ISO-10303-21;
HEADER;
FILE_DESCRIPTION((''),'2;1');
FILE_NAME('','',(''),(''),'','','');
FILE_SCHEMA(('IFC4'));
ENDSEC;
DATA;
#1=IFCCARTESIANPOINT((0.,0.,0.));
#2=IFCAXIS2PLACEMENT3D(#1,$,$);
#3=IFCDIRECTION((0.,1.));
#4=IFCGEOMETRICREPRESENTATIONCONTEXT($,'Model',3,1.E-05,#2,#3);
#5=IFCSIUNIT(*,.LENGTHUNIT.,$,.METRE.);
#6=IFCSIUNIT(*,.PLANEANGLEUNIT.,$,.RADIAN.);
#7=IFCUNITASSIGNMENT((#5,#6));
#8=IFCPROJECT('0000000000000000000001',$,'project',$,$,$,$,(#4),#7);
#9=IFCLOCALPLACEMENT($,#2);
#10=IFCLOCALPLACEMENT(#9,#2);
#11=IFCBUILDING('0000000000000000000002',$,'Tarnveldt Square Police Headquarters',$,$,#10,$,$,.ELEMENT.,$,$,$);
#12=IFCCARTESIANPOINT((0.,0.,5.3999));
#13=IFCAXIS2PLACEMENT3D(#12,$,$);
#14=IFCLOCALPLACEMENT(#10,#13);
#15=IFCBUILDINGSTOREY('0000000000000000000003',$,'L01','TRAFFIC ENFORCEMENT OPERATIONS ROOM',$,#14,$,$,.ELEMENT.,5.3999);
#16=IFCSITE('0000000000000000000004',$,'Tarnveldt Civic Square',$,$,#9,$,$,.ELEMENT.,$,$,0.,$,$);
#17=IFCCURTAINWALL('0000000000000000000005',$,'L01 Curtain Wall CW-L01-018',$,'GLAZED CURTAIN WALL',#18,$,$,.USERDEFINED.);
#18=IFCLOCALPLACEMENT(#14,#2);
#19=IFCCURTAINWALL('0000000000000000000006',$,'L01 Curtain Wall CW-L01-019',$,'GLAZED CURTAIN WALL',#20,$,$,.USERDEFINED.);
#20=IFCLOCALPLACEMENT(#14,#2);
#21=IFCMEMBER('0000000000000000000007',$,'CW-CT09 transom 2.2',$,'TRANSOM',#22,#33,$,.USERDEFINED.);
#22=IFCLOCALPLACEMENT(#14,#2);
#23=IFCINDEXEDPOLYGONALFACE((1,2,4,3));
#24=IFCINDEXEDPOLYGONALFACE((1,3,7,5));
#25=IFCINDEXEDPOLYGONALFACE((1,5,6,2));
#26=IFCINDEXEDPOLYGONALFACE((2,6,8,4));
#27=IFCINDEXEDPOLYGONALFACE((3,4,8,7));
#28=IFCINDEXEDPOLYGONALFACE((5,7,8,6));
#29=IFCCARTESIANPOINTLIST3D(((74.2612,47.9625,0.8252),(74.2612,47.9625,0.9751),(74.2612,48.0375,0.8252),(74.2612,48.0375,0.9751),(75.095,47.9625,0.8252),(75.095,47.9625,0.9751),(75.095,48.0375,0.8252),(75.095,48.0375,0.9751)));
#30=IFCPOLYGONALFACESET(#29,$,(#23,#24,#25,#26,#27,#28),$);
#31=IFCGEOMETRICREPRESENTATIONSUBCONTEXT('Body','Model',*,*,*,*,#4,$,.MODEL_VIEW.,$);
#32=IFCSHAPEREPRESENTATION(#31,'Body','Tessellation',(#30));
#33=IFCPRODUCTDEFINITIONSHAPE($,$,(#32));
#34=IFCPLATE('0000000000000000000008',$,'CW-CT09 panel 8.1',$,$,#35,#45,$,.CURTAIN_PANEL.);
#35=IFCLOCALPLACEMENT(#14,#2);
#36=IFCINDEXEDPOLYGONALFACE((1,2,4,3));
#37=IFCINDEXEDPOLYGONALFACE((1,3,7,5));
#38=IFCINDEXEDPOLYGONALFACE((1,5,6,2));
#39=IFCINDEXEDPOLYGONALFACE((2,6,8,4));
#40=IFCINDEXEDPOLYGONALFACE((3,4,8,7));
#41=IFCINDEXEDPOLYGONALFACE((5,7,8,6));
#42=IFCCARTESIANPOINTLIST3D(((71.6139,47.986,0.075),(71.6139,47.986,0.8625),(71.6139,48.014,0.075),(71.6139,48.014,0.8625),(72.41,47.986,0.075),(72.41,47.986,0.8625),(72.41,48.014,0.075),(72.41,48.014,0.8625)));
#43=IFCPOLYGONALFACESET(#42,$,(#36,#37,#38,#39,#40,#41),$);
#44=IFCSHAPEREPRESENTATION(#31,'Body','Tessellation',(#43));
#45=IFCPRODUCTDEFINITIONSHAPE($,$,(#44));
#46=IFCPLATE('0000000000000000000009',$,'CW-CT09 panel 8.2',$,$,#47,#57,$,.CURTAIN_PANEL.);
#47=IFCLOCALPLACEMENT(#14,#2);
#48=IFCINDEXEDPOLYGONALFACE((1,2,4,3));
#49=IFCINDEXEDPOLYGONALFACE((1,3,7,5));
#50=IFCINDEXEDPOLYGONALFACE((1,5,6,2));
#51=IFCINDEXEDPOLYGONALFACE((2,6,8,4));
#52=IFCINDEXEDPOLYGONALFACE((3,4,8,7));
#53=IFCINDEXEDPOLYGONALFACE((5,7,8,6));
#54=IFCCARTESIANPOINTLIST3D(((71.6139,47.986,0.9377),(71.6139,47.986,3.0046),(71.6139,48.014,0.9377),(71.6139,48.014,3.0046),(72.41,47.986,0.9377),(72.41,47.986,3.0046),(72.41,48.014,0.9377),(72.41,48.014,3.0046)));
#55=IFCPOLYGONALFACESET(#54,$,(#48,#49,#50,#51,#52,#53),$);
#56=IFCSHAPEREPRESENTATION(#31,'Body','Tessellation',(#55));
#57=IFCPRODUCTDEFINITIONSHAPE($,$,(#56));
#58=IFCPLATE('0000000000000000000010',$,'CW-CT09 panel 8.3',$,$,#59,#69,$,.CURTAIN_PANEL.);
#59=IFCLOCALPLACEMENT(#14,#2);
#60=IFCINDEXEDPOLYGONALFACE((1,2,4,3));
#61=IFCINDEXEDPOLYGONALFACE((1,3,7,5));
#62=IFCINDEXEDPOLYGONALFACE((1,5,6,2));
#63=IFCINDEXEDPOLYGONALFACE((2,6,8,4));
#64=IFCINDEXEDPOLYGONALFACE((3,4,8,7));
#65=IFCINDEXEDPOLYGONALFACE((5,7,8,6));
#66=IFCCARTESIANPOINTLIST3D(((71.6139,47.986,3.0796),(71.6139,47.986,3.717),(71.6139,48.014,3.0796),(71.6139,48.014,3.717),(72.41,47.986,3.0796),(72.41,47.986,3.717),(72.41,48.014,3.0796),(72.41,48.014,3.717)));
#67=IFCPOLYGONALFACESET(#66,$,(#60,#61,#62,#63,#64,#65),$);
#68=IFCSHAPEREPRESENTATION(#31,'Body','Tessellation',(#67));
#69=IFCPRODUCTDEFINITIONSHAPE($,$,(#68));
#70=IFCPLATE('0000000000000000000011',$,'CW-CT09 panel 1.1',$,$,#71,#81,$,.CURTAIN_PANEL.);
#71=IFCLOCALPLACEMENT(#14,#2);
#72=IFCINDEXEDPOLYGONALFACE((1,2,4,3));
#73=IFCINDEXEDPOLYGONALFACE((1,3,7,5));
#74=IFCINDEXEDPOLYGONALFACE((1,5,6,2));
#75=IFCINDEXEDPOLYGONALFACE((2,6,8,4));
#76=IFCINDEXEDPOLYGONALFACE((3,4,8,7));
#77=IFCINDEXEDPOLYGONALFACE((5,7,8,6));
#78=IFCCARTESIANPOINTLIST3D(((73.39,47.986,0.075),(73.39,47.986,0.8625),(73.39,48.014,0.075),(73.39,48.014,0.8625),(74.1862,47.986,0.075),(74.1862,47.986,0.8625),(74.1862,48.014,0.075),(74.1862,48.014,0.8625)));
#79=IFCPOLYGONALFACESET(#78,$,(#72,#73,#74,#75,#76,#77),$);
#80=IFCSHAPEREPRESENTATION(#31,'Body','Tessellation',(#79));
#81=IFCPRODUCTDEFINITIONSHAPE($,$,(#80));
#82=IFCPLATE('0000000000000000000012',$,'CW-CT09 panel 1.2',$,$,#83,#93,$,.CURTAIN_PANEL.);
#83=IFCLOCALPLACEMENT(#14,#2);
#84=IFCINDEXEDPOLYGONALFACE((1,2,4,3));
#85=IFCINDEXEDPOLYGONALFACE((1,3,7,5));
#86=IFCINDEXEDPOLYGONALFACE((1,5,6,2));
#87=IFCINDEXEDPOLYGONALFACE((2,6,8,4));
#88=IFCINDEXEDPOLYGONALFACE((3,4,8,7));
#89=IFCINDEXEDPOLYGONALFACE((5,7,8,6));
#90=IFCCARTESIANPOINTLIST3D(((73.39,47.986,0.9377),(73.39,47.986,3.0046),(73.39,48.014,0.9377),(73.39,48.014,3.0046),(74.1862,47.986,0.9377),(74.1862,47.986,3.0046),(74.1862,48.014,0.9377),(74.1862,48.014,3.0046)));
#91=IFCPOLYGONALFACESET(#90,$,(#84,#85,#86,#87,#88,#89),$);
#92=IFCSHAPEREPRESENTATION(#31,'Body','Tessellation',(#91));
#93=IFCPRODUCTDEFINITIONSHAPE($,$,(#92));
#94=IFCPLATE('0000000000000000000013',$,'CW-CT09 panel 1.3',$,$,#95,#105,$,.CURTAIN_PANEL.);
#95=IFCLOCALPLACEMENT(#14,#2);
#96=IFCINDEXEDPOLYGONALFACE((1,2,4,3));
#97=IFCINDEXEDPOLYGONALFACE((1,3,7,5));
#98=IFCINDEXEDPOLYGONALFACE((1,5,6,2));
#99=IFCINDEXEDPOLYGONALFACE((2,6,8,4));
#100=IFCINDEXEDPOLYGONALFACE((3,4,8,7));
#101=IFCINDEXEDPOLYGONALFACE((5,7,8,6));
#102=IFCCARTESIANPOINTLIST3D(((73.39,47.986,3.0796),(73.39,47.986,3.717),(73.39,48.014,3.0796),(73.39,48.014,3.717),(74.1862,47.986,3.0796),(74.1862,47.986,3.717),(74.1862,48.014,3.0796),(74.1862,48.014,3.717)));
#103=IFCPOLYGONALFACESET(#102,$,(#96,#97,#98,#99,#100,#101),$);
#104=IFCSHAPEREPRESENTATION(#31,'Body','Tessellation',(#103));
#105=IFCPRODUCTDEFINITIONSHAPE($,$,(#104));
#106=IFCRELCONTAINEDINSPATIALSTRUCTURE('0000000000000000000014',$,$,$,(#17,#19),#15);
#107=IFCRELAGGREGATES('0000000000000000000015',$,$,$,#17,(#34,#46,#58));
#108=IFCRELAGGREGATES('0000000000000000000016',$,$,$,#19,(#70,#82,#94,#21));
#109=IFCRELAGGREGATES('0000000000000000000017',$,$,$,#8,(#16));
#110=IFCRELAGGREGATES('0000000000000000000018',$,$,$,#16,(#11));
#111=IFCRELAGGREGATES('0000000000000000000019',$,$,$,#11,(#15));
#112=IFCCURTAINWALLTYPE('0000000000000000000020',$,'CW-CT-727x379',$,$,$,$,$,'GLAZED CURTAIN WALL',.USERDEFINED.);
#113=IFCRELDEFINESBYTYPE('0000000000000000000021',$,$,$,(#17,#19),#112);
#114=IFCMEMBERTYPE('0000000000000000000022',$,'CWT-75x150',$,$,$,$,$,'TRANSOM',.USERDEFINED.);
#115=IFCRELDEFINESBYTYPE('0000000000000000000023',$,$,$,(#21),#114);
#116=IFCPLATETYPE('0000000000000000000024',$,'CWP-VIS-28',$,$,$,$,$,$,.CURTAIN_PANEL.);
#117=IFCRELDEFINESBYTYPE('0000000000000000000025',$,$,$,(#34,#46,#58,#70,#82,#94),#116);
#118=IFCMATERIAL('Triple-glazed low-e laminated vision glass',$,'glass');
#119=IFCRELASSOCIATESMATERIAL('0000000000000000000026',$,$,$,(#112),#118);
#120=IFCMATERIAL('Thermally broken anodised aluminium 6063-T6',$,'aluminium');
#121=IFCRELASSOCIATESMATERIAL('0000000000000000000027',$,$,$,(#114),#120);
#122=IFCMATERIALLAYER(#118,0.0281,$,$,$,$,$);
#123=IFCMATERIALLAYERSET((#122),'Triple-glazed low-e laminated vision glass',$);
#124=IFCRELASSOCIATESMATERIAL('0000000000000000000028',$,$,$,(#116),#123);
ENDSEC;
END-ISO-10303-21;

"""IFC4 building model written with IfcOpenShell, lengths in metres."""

from ifc_helpers import new_model, si_unit, direction, frame, origin, origin_2d, place, context, subcontext, project, spatial, rectangle, extrude, material, layer, layer_set, material_profile, profile_set, type_object, element, aggregate, save


model = new_model("IFC4")

# Units and contexts
model_context = context("Model", 3, precision=1e-05, world=origin(), true_north=direction((0.0, 1.0)))
body_context = subcontext(model_context, "Body", "Model", "MODEL_VIEW")
ifc_project = project(units=[si_unit("LENGTHUNIT", "METRE"), si_unit("PLANEANGLEUNIT", "RADIAN")], contexts=[model_context])

# Site, building, storey
site_placement = place(None, origin())
site = spatial("IfcSite", under=ifc_project, at=site_placement, Name="Tarnveldt Civic Square", CompositionType="ELEMENT", RefElevation=0.0)
building_placement = place(site_placement, origin())
building = spatial("IfcBuilding", under=site, at=building_placement, Name="Tarnveldt Square Police Headquarters", CompositionType="ELEMENT")
storey_placement = place(building_placement, frame((0.0, 0.0, 5.3999)))
storey = spatial("IfcBuildingStorey", under=building, at=storey_placement, Name="L01", Description="TRAFFIC ENFORCEMENT OPERATIONS ROOM", CompositionType="ELEMENT", Elevation=5.3999)

# Curtain wall
ifc_material_1 = material(Name="Triple-glazed low-e laminated vision glass", Category="glass")
curtain_wall_type = type_object("IfcCurtainWallType", Name="CW-CT-727x379", ElementType="GLAZED CURTAIN WALL", PredefinedType="USERDEFINED", material=ifc_material_1)
curtain_wall_1_placement = place(storey_placement, origin())
curtain_wall_1 = element("IfcCurtainWall", 1, at=curtain_wall_1_placement, inside=storey, type_object=curtain_wall_type, Name="L01 Curtain Wall CW-L01-018", ObjectType="GLAZED CURTAIN WALL", PredefinedType="USERDEFINED")
ifc_material_2 = material(Name="Thermally broken anodised aluminium 6063-T6", Category="aluminium")

# Curtain wall
curtain_wall_2_placement = place(storey_placement, origin())
curtain_wall_2 = element("IfcCurtainWall", 2, at=curtain_wall_2_placement, inside=storey, type_object=curtain_wall_type, Name="L01 Curtain Wall CW-L01-019", ObjectType="GLAZED CURTAIN WALL", PredefinedType="USERDEFINED")

# Member
ifc_material_profile_1 = material_profile(ifc_material_2, rectangle(XDim=0.075, YDim=0.1499, at=origin_2d()), Name="CW-T75x150")
ifc_profile_set_1 = profile_set([ifc_material_profile_1], Name="Thermally broken anodised aluminium 6063-T6")
member_type_1 = type_object("IfcMemberType", Name="CWT-75x150", ElementType="TRANSOM", PredefinedType="USERDEFINED", material=ifc_profile_set_1)
member_1_placement = place(storey_placement, frame((74.2612, 48.0, 0.9001), z_axis=(1.0, 0.0, 0.0), x_axis=(0.0, 1.0, 0.0)))
member_1 = element("IfcMember", 3, at=member_1_placement, type_object=member_type_1, Name="CW-CT09 transom 2.2", ObjectType="TRANSOM", PredefinedType="USERDEFINED", context=body_context, shape_type="SweptSolid", body=[
    extrude(rectangle(XDim=0.075, YDim=0.1499, at=origin_2d()), origin(), (0.0, 0.0, 1.0), 0.8337),
])

# Plates
ifc_layer = layer(ifc_material_1, 0.0281)
ifc_layer_set = layer_set([ifc_layer], Name="Triple-glazed low-e laminated vision glass")
plate_type = type_object("IfcPlateType", Name="CWP-VIS-28", PredefinedType="CURTAIN_PANEL", material=ifc_layer_set)
plate_1_placement = place(storey_placement, frame((72.012, 48.0, 0.075), z_axis=(0.0, 0.0, 1.0), x_axis=(1.0, 0.0, 0.0)))
plate_1 = element("IfcPlate", 4, at=plate_1_placement, type_object=plate_type, Name="CW-CT09 panel 8.1", PredefinedType="CURTAIN_PANEL", context=body_context, shape_type="SweptSolid", body=[
    extrude(rectangle(XDim=0.7961, YDim=0.0281, at=origin_2d()), origin(), (0.0, 0.0, 1.0), 0.7876),
])
plate_2_placement = place(storey_placement, frame((72.012, 48.0, 0.9377), z_axis=(0.0, 0.0, 1.0), x_axis=(1.0, 0.0, 0.0)))
plate_2 = element("IfcPlate", 5, at=plate_2_placement, type_object=plate_type, Name="CW-CT09 panel 8.2", PredefinedType="CURTAIN_PANEL", context=body_context, shape_type="SweptSolid", body=[
    extrude(rectangle(XDim=0.7961, YDim=0.0281, at=origin_2d()), origin(), (0.0, 0.0, 1.0), 2.0669),
])
plate_3_placement = place(storey_placement, frame((72.012, 48.0, 3.0796), z_axis=(0.0, 0.0, 1.0), x_axis=(1.0, 0.0, 0.0)))
plate_3 = element("IfcPlate", 6, at=plate_3_placement, type_object=plate_type, Name="CW-CT09 panel 8.3", PredefinedType="CURTAIN_PANEL", context=body_context, shape_type="SweptSolid", body=[
    extrude(rectangle(XDim=0.7961, YDim=0.0281, at=origin_2d()), origin(), (0.0, 0.0, 1.0), 0.6375),
])
aggregate(curtain_wall_1, [plate_1, plate_2, plate_3])
plate_4_placement = place(storey_placement, frame((73.7881, 48.0, 0.075), z_axis=(0.0, 0.0, 1.0), x_axis=(1.0, 0.0, 0.0)))
plate_4 = element("IfcPlate", 7, at=plate_4_placement, type_object=plate_type, Name="CW-CT09 panel 1.1", PredefinedType="CURTAIN_PANEL", context=body_context, shape_type="SweptSolid", body=[
    extrude(rectangle(XDim=0.7961, YDim=0.0281, at=origin_2d()), origin(), (0.0, 0.0, 1.0), 0.7876),
])
plate_5_placement = place(storey_placement, frame((73.7881, 48.0, 0.9377), z_axis=(0.0, 0.0, 1.0), x_axis=(1.0, 0.0, 0.0)))
plate_5 = element("IfcPlate", 8, at=plate_5_placement, type_object=plate_type, Name="CW-CT09 panel 1.2", PredefinedType="CURTAIN_PANEL", context=body_context, shape_type="SweptSolid", body=[
    extrude(rectangle(XDim=0.7961, YDim=0.0281, at=origin_2d()), origin(), (0.0, 0.0, 1.0), 2.0669),
])
plate_6_placement = place(storey_placement, frame((73.7881, 48.0, 3.0796), z_axis=(0.0, 0.0, 1.0), x_axis=(1.0, 0.0, 0.0)))
plate_6 = element("IfcPlate", 9, at=plate_6_placement, type_object=plate_type, Name="CW-CT09 panel 1.3", PredefinedType="CURTAIN_PANEL", context=body_context, shape_type="SweptSolid", body=[
    extrude(rectangle(XDim=0.7961, YDim=0.0281, at=origin_2d()), origin(), (0.0, 0.0, 1.0), 0.6375),
])
aggregate(curtain_wall_2, [plate_4, plate_5, plate_6, member_1])

save(model, "model.ifc")
